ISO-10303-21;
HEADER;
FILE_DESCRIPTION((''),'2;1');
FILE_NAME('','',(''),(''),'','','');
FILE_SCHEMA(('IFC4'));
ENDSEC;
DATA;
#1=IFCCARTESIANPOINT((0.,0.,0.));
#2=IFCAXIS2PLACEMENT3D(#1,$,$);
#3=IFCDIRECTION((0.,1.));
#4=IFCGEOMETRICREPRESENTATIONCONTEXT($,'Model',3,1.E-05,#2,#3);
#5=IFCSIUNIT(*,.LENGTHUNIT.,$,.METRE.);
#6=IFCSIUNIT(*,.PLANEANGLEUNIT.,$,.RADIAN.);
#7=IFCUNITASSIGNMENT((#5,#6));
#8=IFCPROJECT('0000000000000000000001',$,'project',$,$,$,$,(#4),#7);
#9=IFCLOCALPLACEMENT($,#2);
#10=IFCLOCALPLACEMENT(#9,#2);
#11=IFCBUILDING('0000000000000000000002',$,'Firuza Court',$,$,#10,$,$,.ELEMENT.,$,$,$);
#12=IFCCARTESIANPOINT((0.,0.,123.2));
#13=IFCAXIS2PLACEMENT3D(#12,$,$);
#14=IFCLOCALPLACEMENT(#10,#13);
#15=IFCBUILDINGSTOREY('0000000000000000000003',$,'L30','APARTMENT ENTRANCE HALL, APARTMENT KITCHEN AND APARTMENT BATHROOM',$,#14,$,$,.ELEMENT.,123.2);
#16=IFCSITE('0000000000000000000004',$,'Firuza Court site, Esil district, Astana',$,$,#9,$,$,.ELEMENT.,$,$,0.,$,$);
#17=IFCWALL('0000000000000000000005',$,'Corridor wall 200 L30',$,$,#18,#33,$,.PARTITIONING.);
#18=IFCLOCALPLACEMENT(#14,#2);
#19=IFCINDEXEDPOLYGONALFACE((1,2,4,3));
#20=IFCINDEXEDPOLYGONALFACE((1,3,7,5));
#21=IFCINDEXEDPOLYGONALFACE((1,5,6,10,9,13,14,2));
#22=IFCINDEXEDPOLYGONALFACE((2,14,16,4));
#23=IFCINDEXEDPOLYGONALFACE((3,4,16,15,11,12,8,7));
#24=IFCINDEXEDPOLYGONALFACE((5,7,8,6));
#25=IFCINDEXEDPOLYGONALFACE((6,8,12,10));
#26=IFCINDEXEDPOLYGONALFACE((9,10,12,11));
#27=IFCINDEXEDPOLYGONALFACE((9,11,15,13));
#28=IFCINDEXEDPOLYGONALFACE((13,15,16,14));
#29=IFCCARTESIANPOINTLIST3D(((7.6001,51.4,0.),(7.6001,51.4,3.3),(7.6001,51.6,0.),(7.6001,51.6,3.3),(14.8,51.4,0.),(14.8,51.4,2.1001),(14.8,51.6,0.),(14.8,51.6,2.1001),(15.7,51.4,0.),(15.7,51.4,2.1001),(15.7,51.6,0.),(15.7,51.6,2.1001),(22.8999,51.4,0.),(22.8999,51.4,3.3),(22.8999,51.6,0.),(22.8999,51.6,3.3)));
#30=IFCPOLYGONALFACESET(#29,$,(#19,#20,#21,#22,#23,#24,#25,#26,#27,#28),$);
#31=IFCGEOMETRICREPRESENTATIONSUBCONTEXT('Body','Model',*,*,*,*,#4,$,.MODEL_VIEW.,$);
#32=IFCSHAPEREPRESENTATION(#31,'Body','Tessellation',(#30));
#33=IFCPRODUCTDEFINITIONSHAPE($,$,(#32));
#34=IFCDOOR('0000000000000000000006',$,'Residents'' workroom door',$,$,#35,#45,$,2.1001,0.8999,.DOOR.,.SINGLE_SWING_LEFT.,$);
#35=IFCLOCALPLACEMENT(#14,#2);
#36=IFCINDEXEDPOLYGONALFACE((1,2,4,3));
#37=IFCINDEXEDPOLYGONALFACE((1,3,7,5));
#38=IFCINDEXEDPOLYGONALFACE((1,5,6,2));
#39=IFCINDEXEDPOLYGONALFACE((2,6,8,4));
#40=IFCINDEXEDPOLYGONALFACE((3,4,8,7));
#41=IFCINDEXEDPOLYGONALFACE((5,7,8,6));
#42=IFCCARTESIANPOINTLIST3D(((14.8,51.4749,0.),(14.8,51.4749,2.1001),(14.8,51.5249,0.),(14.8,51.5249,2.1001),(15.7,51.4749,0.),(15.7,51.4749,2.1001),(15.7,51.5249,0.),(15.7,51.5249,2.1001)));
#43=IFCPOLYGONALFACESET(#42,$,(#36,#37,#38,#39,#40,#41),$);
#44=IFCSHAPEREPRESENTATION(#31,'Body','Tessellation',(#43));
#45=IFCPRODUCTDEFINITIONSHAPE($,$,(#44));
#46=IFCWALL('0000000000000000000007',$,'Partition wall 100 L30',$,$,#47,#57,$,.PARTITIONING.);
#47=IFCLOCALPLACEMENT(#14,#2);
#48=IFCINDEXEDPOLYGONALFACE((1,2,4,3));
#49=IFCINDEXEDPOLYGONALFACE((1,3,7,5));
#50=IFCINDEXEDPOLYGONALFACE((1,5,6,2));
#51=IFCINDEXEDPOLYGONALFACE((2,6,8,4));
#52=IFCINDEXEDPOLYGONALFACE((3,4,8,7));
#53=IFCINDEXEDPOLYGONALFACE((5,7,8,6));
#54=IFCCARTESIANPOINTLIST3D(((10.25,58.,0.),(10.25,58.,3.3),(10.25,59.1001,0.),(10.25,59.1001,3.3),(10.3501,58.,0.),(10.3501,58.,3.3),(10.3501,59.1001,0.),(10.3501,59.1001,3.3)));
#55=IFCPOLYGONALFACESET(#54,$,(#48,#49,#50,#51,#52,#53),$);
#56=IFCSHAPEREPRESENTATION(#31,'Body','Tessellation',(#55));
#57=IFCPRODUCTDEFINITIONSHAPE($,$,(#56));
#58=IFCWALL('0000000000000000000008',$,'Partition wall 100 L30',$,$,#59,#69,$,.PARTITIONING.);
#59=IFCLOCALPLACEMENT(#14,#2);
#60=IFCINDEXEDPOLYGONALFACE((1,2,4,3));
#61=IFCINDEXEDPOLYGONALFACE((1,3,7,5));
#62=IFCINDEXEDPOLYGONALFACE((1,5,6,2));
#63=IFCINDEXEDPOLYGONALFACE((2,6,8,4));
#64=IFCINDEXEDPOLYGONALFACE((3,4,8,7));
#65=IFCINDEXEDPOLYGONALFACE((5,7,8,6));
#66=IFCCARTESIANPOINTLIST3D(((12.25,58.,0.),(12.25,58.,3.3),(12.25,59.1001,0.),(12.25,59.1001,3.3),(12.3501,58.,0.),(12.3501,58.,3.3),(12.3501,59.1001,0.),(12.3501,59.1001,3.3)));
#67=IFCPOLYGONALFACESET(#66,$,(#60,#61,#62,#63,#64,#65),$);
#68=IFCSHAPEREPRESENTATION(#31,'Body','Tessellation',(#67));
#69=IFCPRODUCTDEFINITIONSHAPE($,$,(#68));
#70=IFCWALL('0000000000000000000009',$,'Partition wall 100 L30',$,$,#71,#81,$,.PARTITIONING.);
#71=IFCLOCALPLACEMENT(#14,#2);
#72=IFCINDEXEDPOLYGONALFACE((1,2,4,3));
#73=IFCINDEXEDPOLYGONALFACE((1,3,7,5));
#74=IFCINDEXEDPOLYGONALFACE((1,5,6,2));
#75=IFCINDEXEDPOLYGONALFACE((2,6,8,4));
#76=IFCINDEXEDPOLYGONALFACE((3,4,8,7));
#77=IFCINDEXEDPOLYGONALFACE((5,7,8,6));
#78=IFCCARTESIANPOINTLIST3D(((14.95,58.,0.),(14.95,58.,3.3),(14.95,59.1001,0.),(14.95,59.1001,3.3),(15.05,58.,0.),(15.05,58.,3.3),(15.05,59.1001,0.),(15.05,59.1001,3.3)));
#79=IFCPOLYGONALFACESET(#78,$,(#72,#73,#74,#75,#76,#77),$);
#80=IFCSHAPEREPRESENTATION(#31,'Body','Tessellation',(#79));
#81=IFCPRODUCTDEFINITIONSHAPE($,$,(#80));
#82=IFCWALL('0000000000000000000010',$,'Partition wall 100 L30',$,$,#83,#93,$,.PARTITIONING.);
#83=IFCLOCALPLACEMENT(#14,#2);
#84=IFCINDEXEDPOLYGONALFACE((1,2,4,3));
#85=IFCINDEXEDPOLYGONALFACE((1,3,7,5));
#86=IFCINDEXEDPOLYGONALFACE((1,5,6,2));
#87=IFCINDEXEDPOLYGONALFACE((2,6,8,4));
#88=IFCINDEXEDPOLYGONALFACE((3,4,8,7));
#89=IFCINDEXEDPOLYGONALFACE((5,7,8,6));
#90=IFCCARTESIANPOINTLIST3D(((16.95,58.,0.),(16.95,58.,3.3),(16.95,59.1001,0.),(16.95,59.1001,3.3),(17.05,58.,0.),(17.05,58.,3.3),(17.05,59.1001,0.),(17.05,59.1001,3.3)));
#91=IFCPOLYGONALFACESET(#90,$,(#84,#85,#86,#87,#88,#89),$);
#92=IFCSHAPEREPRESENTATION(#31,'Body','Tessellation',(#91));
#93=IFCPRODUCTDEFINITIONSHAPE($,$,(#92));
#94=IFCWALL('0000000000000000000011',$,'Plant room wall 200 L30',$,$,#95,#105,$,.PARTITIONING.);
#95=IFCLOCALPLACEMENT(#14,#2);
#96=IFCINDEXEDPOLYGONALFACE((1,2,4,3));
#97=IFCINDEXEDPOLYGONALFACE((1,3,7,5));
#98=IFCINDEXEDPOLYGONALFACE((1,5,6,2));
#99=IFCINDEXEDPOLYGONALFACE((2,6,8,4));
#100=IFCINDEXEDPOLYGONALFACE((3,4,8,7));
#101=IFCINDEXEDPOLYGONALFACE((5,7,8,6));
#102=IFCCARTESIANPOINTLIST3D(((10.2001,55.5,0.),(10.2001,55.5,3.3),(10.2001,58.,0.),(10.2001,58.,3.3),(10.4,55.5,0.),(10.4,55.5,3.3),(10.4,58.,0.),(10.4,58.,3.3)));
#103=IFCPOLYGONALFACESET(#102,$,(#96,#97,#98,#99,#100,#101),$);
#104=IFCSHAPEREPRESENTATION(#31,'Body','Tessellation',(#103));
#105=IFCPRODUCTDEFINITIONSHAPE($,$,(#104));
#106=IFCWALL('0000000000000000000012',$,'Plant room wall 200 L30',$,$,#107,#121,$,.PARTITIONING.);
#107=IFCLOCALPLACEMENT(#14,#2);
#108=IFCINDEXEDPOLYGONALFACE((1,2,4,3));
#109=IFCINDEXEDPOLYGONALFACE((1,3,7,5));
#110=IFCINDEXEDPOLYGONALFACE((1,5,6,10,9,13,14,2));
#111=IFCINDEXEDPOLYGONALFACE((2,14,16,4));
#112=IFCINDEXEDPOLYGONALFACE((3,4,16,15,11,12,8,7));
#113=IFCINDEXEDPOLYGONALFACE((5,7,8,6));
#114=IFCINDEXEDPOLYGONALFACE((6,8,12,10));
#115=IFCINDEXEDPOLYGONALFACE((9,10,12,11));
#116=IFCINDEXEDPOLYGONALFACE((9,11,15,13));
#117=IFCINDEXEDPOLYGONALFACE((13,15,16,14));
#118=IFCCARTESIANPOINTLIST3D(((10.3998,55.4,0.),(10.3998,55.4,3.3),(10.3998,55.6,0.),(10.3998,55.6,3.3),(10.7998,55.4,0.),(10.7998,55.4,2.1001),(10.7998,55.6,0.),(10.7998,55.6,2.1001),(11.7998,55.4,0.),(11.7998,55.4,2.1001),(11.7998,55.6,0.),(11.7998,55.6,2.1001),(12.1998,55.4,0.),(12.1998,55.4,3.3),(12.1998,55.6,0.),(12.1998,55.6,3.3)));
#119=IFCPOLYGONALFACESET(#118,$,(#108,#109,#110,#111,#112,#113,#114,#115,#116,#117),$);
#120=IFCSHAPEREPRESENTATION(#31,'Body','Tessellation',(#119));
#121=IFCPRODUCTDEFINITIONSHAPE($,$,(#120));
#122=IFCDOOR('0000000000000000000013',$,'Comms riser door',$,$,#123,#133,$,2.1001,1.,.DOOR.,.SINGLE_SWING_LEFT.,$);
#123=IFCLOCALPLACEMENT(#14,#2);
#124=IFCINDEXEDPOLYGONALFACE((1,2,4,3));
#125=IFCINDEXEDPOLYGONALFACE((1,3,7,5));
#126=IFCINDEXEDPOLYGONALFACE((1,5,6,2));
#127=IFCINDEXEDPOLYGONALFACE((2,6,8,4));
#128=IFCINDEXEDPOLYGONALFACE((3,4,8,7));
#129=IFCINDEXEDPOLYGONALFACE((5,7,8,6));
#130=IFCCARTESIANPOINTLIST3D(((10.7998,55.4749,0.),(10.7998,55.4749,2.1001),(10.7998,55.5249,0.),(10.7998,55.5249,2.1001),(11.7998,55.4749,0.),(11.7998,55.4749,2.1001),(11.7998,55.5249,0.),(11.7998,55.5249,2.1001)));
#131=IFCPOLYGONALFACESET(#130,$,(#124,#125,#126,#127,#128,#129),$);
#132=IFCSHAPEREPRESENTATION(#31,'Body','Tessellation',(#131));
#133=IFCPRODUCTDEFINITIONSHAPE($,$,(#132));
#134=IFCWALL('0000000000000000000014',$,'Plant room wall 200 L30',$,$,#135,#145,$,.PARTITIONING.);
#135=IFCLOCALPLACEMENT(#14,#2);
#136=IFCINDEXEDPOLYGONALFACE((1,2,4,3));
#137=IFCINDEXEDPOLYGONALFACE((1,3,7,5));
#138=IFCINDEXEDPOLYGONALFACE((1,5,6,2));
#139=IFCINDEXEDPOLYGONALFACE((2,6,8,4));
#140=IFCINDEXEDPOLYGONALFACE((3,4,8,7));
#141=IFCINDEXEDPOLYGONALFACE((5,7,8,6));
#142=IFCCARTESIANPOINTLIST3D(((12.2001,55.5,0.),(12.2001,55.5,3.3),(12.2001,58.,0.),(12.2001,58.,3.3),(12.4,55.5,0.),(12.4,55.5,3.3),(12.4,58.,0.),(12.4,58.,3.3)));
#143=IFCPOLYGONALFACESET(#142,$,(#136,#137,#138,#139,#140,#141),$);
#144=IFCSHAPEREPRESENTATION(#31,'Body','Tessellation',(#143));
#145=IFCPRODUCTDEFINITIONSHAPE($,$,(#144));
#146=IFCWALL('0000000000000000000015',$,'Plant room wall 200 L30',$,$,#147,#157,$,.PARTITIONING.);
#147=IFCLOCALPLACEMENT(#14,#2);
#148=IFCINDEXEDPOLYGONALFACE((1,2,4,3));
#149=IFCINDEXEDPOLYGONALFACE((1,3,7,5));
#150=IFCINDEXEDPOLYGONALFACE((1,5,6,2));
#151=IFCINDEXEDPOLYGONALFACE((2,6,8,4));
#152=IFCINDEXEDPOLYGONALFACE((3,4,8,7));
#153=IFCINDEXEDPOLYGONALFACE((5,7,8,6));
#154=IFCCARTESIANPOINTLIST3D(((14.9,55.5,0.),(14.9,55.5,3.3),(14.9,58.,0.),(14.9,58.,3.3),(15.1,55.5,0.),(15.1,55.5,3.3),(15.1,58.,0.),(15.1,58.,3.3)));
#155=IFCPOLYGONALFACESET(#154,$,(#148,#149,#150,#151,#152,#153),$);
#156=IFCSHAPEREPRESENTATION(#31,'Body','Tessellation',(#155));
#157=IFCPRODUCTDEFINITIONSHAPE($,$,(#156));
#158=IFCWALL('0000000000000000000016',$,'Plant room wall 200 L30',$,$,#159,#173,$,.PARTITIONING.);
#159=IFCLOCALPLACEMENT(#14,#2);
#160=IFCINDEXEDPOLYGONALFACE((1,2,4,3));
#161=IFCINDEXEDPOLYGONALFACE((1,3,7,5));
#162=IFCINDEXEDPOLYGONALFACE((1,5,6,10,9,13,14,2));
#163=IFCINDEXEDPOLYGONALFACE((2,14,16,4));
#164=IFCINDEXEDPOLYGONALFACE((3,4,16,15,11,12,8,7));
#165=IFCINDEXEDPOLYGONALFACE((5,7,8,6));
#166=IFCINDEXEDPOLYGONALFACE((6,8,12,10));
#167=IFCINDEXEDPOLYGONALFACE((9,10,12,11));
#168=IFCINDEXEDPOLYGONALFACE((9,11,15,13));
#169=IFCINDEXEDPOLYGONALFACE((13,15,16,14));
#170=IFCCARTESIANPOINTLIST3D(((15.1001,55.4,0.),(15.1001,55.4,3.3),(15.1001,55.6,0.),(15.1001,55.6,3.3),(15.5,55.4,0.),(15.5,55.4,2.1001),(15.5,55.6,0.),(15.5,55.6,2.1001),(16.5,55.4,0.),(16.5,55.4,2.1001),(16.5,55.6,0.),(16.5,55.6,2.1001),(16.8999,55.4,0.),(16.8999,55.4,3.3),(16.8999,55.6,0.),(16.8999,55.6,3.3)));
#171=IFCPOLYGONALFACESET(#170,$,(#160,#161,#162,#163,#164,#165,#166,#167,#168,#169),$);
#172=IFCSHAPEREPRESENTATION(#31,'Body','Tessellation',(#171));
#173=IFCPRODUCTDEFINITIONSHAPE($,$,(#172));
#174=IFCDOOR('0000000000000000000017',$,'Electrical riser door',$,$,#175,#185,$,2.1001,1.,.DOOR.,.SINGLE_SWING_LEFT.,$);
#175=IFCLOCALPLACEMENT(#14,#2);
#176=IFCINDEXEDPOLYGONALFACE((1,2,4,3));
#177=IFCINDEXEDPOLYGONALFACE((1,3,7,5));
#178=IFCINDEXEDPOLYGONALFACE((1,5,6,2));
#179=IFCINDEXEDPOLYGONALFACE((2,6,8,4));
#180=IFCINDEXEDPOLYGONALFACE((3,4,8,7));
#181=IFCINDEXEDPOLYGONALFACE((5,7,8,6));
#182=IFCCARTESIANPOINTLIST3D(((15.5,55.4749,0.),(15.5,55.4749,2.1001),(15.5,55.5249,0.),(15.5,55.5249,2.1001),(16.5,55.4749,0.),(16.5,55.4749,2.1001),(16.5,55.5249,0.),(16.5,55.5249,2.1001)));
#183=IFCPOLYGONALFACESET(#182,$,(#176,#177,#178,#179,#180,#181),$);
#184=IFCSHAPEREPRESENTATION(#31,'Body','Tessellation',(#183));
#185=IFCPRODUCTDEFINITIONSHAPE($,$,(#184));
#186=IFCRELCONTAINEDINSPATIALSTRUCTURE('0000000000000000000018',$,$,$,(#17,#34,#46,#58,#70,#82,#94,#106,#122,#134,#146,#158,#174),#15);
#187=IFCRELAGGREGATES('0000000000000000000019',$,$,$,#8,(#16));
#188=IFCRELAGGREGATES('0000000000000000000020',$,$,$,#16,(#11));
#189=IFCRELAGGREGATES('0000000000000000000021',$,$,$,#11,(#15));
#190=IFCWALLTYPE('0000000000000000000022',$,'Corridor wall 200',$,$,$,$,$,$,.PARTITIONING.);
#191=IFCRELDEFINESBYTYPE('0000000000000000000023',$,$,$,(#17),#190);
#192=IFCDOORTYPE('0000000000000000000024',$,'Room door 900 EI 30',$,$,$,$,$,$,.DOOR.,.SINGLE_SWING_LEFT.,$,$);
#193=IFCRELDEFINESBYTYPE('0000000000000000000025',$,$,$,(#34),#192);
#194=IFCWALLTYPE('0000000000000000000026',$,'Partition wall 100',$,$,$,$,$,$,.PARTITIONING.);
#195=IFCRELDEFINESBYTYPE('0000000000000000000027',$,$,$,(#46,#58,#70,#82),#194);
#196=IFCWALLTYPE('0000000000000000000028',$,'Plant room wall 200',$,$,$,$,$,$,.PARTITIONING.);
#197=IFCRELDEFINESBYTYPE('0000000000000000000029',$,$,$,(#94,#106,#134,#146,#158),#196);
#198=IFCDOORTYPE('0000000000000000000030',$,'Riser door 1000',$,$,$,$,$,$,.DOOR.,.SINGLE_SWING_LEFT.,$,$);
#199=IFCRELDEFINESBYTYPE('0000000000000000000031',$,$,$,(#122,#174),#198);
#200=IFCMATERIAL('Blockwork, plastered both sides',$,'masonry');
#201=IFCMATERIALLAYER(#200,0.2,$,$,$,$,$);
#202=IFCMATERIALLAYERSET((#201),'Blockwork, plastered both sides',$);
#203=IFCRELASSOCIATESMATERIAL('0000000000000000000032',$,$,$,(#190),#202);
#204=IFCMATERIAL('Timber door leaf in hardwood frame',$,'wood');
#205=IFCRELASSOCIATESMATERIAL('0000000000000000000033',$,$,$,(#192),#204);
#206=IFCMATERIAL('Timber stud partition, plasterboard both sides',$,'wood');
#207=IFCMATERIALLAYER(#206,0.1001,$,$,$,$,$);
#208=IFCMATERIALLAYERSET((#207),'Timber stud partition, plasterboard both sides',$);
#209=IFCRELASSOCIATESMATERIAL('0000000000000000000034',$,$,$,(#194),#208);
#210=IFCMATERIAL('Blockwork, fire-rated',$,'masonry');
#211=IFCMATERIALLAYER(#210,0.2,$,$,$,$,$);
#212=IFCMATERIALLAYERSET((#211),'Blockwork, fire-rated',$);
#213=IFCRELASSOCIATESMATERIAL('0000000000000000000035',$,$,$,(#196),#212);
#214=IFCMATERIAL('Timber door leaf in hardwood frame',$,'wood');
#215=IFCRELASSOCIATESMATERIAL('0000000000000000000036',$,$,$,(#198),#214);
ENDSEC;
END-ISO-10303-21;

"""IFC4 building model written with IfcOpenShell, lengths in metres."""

from ifc_helpers import new_model, si_unit, direction, frame, frame_2d, origin, place, context, subcontext, project, spatial, rectangle, extrude, material, layer, layer_set, type_object, element, fill, save


model = new_model("IFC4")

# Units and contexts
model_context = context("Model", 3, precision=1e-05, world=origin(), true_north=direction((0.0, 1.0)))
body_context = subcontext(model_context, "Body", "Model", "MODEL_VIEW")
ifc_project = project(units=[si_unit("LENGTHUNIT", "METRE"), si_unit("PLANEANGLEUNIT", "RADIAN")], contexts=[model_context])

# Site, building, storey
site_placement = place(None, origin())
site = spatial("IfcSite", under=ifc_project, at=site_placement, Name="Firuza Court site, Esil district, Astana", CompositionType="ELEMENT", RefElevation=0.0)
building_placement = place(site_placement, origin())
building = spatial("IfcBuilding", under=site, at=building_placement, Name="Firuza Court", CompositionType="ELEMENT")
storey_placement = place(building_placement, frame((0.0, 0.0, 123.2)))
storey = spatial("IfcBuildingStorey", under=building, at=storey_placement, Name="L30", Description="APARTMENT ENTRANCE HALL, APARTMENT KITCHEN AND APARTMENT BATHROOM", CompositionType="ELEMENT", Elevation=123.2)

# Shared definitions
ifc_material_1 = material(Name="Blockwork, plastered both sides", Category="masonry")
ifc_layer_1 = layer(ifc_material_1, 0.2)
ifc_layer_set_1 = layer_set([ifc_layer_1], Name="Blockwork, plastered both sides")
wall_type_1 = type_object("IfcWallType", Name="Corridor wall 200", PredefinedType="PARTITIONING", material=ifc_layer_set_1)
ifc_material_2 = material(Name="Timber door leaf in hardwood frame", Category="wood")
door_type_1 = type_object("IfcDoorType", Name="Room door 900 EI 30", OperationType="SINGLE_SWING_LEFT", PredefinedType="DOOR", material=ifc_material_2)

# Wall, opening, door
wall_1_placement = place(storey_placement, frame((7.6001, 51.5, 0.0), z_axis=(0.0, 0.0, 1.0), x_axis=(1.0, 0.0, 0.0)))
wall_1 = element("IfcWall", 1, at=wall_1_placement, inside=storey, type_object=wall_type_1, Name="Corridor wall 200 L30", PredefinedType="PARTITIONING", context=body_context, shape_type="SweptSolid", body=[
    extrude(rectangle(XDim=15.2998, YDim=0.2, at=frame_2d((7.6499, 0.0))), origin(), (0.0, 0.0, 1.0), 3.3),
])
opening_1_placement = place(wall_1_placement, frame((7.2, 0.0, 0.0)))
opening_1 = element("IfcOpeningElement", 2, at=opening_1_placement, cuts=wall_1, PredefinedType="OPENING", context=body_context, shape_type="SweptSolid", body=[
    extrude(rectangle(XDim=0.8999, YDim=2.1001, at=frame_2d((0.45, 1.05))), frame((0.0, 0.1118, 0.0), z_axis=(0.0, -1.0, 0.0), x_axis=(1.0, 0.0, 0.0)), (0.0, 0.0, 1.0), 0.2239),
])
door_1_placement = place(opening_1_placement, origin())
door_1 = element("IfcDoor", 3, at=door_1_placement, inside=storey, type_object=door_type_1, Name="Residents' workroom door", OperationType="SINGLE_SWING_LEFT", OverallHeight=2.1001, OverallWidth=0.8999, PredefinedType="DOOR", context=body_context, shape_type="SweptSolid", body=[
    extrude(rectangle(XDim=0.8999, YDim=2.1001, at=frame_2d((0.45, 1.05))), frame((0.0, 0.0249, 0.0), z_axis=(0.0, -1.0, 0.0), x_axis=(1.0, 0.0, 0.0)), (0.0, 0.0, 1.0), 0.05),
])
fill(opening_1, door_1)

# Walls
ifc_material_3 = material(Name="Timber stud partition, plasterboard both sides", Category="wood")
ifc_layer_2 = layer(ifc_material_3, 0.1001)
ifc_layer_set_2 = layer_set([ifc_layer_2], Name="Timber stud partition, plasterboard both sides")
wall_type_2 = type_object("IfcWallType", Name="Partition wall 100", PredefinedType="PARTITIONING", material=ifc_layer_set_2)
for number, where, z_axis, x_axis, name in (
    (4, (10.3, 58.0, 0.0), (0.0, 0.0, 1.0), (0.0, 1.0, 0.0), "Partition wall 100 L30"),
    (5, (12.3, 58.0, 0.0), (0.0, 0.0, 1.0), (0.0, 1.0, 0.0), "Partition wall 100 L30"),
    (6, (15.0, 58.0, 0.0), (0.0, 0.0, 1.0), (0.0, 1.0, 0.0), "Partition wall 100 L30"),
    (7, (17.0, 58.0, 0.0), (0.0, 0.0, 1.0), (0.0, 1.0, 0.0), "Partition wall 100 L30"),
):
    element("IfcWall", number, at=place(storey_placement, frame(where, z_axis=z_axis, x_axis=x_axis)), inside=storey, type_object=wall_type_2, Name=name, PredefinedType="PARTITIONING", context=body_context, shape_type="SweptSolid", body=[
        extrude(rectangle(XDim=1.1001, YDim=0.1001, at=frame_2d((0.55, 0.0))), origin(), (0.0, 0.0, 1.0), 3.3),
    ])
ifc_material_4 = material(Name="Blockwork, fire-rated", Category="masonry")
ifc_layer_3 = layer(ifc_material_4, 0.2)
ifc_layer_set_3 = layer_set([ifc_layer_3], Name="Blockwork, fire-rated")
wall_type_3 = type_object("IfcWallType", Name="Plant room wall 200", PredefinedType="PARTITIONING", material=ifc_layer_set_3)
wall_2_placement = place(storey_placement, frame((10.3, 55.5, 0.0), z_axis=(0.0, 0.0, 1.0), x_axis=(0.0, 1.0, 0.0)))
element("IfcWall", 8, at=wall_2_placement, inside=storey, type_object=wall_type_3, Name="Plant room wall 200 L30", PredefinedType="PARTITIONING", context=body_context, shape_type="SweptSolid", body=[
    extrude(rectangle(XDim=2.5, YDim=0.2, at=frame_2d((1.25, 0.0))), origin(), (0.0, 0.0, 1.0), 3.3),
])

# Wall, opening, door
wall_3_placement = place(storey_placement, frame((10.3999, 55.5, 0.0), z_axis=(0.0, 0.0, 1.0), x_axis=(1.0, 0.0, 0.0)))
wall_3 = element("IfcWall", 9, at=wall_3_placement, inside=storey, type_object=wall_type_3, Name="Plant room wall 200 L30", PredefinedType="PARTITIONING", context=body_context, shape_type="SweptSolid", body=[
    extrude(rectangle(XDim=1.8, YDim=0.2, at=frame_2d((0.8999, 0.0))), origin(), (0.0, 0.0, 1.0), 3.3),
])
opening_2_placement = place(wall_3_placement, frame((0.3999, 0.0, 0.0)))
opening_2 = element("IfcOpeningElement", 10, at=opening_2_placement, cuts=wall_3, PredefinedType="OPENING", context=body_context, shape_type="SweptSolid", body=[
    extrude(rectangle(XDim=1.0, YDim=2.1001, at=frame_2d((0.5, 1.05))), frame((0.0, 0.1118, 0.0), z_axis=(0.0, -1.0, 0.0), x_axis=(1.0, 0.0, 0.0)), (0.0, 0.0, 1.0), 0.2239),
])
ifc_material_5 = material(Name="Timber door leaf in hardwood frame", Category="wood")
door_type_2 = type_object("IfcDoorType", Name="Riser door 1000", OperationType="SINGLE_SWING_LEFT", PredefinedType="DOOR", material=ifc_material_5)
door_2_placement = place(opening_2_placement, origin())
door_2 = element("IfcDoor", 11, at=door_2_placement, inside=storey, type_object=door_type_2, Name="Comms riser door", OperationType="SINGLE_SWING_LEFT", OverallHeight=2.1001, OverallWidth=1.0, PredefinedType="DOOR", context=body_context, shape_type="SweptSolid", body=[
    extrude(rectangle(XDim=1.0, YDim=2.1001, at=frame_2d((0.5, 1.05))), frame((0.0, 0.0249, 0.0), z_axis=(0.0, -1.0, 0.0), x_axis=(1.0, 0.0, 0.0)), (0.0, 0.0, 1.0), 0.05),
])
fill(opening_2, door_2)

# Walls
for number, where, z_axis, x_axis, name in (
    (12, (12.3, 55.5, 0.0), (0.0, 0.0, 1.0), (0.0, 1.0, 0.0), "Plant room wall 200 L30"),
    (13, (15.0, 55.5, 0.0), (0.0, 0.0, 1.0), (0.0, 1.0, 0.0), "Plant room wall 200 L30"),
):
    element("IfcWall", number, at=place(storey_placement, frame(where, z_axis=z_axis, x_axis=x_axis)), inside=storey, type_object=wall_type_3, Name=name, PredefinedType="PARTITIONING", context=body_context, shape_type="SweptSolid", body=[
        extrude(rectangle(XDim=2.5, YDim=0.2, at=frame_2d((1.25, 0.0))), origin(), (0.0, 0.0, 1.0), 3.3),
    ])

# Wall, opening, door
wall_4_placement = place(storey_placement, frame((15.1001, 55.5, 0.0), z_axis=(0.0, 0.0, 1.0), x_axis=(1.0, 0.0, 0.0)))
wall_4 = element("IfcWall", 14, at=wall_4_placement, inside=storey, type_object=wall_type_3, Name="Plant room wall 200 L30", PredefinedType="PARTITIONING", context=body_context, shape_type="SweptSolid", body=[
    extrude(rectangle(XDim=1.7998, YDim=0.2, at=frame_2d((0.8999, 0.0))), origin(), (0.0, 0.0, 1.0), 3.3),
])
opening_3_placement = place(wall_4_placement, frame((0.3999, 0.0, 0.0)))
opening_3 = element("IfcOpeningElement", 15, at=opening_3_placement, cuts=wall_4, PredefinedType="OPENING", context=body_context, shape_type="SweptSolid", body=[
    extrude(rectangle(XDim=1.0, YDim=2.1001, at=frame_2d((0.5, 1.05))), frame((0.0, 0.1118, 0.0), z_axis=(0.0, -1.0, 0.0), x_axis=(1.0, 0.0, 0.0)), (0.0, 0.0, 1.0), 0.2239),
])
door_3_placement = place(opening_3_placement, origin())
door_3 = element("IfcDoor", 16, at=door_3_placement, inside=storey, type_object=door_type_2, Name="Electrical riser door", OperationType="SINGLE_SWING_LEFT", OverallHeight=2.1001, OverallWidth=1.0, PredefinedType="DOOR", context=body_context, shape_type="SweptSolid", body=[
    extrude(rectangle(XDim=1.0, YDim=2.1001, at=frame_2d((0.5, 1.05))), frame((0.0, 0.0249, 0.0), z_axis=(0.0, -1.0, 0.0), x_axis=(1.0, 0.0, 0.0)), (0.0, 0.0, 1.0), 0.05),
])
fill(opening_3, door_3)

save(model, "model.ifc")
